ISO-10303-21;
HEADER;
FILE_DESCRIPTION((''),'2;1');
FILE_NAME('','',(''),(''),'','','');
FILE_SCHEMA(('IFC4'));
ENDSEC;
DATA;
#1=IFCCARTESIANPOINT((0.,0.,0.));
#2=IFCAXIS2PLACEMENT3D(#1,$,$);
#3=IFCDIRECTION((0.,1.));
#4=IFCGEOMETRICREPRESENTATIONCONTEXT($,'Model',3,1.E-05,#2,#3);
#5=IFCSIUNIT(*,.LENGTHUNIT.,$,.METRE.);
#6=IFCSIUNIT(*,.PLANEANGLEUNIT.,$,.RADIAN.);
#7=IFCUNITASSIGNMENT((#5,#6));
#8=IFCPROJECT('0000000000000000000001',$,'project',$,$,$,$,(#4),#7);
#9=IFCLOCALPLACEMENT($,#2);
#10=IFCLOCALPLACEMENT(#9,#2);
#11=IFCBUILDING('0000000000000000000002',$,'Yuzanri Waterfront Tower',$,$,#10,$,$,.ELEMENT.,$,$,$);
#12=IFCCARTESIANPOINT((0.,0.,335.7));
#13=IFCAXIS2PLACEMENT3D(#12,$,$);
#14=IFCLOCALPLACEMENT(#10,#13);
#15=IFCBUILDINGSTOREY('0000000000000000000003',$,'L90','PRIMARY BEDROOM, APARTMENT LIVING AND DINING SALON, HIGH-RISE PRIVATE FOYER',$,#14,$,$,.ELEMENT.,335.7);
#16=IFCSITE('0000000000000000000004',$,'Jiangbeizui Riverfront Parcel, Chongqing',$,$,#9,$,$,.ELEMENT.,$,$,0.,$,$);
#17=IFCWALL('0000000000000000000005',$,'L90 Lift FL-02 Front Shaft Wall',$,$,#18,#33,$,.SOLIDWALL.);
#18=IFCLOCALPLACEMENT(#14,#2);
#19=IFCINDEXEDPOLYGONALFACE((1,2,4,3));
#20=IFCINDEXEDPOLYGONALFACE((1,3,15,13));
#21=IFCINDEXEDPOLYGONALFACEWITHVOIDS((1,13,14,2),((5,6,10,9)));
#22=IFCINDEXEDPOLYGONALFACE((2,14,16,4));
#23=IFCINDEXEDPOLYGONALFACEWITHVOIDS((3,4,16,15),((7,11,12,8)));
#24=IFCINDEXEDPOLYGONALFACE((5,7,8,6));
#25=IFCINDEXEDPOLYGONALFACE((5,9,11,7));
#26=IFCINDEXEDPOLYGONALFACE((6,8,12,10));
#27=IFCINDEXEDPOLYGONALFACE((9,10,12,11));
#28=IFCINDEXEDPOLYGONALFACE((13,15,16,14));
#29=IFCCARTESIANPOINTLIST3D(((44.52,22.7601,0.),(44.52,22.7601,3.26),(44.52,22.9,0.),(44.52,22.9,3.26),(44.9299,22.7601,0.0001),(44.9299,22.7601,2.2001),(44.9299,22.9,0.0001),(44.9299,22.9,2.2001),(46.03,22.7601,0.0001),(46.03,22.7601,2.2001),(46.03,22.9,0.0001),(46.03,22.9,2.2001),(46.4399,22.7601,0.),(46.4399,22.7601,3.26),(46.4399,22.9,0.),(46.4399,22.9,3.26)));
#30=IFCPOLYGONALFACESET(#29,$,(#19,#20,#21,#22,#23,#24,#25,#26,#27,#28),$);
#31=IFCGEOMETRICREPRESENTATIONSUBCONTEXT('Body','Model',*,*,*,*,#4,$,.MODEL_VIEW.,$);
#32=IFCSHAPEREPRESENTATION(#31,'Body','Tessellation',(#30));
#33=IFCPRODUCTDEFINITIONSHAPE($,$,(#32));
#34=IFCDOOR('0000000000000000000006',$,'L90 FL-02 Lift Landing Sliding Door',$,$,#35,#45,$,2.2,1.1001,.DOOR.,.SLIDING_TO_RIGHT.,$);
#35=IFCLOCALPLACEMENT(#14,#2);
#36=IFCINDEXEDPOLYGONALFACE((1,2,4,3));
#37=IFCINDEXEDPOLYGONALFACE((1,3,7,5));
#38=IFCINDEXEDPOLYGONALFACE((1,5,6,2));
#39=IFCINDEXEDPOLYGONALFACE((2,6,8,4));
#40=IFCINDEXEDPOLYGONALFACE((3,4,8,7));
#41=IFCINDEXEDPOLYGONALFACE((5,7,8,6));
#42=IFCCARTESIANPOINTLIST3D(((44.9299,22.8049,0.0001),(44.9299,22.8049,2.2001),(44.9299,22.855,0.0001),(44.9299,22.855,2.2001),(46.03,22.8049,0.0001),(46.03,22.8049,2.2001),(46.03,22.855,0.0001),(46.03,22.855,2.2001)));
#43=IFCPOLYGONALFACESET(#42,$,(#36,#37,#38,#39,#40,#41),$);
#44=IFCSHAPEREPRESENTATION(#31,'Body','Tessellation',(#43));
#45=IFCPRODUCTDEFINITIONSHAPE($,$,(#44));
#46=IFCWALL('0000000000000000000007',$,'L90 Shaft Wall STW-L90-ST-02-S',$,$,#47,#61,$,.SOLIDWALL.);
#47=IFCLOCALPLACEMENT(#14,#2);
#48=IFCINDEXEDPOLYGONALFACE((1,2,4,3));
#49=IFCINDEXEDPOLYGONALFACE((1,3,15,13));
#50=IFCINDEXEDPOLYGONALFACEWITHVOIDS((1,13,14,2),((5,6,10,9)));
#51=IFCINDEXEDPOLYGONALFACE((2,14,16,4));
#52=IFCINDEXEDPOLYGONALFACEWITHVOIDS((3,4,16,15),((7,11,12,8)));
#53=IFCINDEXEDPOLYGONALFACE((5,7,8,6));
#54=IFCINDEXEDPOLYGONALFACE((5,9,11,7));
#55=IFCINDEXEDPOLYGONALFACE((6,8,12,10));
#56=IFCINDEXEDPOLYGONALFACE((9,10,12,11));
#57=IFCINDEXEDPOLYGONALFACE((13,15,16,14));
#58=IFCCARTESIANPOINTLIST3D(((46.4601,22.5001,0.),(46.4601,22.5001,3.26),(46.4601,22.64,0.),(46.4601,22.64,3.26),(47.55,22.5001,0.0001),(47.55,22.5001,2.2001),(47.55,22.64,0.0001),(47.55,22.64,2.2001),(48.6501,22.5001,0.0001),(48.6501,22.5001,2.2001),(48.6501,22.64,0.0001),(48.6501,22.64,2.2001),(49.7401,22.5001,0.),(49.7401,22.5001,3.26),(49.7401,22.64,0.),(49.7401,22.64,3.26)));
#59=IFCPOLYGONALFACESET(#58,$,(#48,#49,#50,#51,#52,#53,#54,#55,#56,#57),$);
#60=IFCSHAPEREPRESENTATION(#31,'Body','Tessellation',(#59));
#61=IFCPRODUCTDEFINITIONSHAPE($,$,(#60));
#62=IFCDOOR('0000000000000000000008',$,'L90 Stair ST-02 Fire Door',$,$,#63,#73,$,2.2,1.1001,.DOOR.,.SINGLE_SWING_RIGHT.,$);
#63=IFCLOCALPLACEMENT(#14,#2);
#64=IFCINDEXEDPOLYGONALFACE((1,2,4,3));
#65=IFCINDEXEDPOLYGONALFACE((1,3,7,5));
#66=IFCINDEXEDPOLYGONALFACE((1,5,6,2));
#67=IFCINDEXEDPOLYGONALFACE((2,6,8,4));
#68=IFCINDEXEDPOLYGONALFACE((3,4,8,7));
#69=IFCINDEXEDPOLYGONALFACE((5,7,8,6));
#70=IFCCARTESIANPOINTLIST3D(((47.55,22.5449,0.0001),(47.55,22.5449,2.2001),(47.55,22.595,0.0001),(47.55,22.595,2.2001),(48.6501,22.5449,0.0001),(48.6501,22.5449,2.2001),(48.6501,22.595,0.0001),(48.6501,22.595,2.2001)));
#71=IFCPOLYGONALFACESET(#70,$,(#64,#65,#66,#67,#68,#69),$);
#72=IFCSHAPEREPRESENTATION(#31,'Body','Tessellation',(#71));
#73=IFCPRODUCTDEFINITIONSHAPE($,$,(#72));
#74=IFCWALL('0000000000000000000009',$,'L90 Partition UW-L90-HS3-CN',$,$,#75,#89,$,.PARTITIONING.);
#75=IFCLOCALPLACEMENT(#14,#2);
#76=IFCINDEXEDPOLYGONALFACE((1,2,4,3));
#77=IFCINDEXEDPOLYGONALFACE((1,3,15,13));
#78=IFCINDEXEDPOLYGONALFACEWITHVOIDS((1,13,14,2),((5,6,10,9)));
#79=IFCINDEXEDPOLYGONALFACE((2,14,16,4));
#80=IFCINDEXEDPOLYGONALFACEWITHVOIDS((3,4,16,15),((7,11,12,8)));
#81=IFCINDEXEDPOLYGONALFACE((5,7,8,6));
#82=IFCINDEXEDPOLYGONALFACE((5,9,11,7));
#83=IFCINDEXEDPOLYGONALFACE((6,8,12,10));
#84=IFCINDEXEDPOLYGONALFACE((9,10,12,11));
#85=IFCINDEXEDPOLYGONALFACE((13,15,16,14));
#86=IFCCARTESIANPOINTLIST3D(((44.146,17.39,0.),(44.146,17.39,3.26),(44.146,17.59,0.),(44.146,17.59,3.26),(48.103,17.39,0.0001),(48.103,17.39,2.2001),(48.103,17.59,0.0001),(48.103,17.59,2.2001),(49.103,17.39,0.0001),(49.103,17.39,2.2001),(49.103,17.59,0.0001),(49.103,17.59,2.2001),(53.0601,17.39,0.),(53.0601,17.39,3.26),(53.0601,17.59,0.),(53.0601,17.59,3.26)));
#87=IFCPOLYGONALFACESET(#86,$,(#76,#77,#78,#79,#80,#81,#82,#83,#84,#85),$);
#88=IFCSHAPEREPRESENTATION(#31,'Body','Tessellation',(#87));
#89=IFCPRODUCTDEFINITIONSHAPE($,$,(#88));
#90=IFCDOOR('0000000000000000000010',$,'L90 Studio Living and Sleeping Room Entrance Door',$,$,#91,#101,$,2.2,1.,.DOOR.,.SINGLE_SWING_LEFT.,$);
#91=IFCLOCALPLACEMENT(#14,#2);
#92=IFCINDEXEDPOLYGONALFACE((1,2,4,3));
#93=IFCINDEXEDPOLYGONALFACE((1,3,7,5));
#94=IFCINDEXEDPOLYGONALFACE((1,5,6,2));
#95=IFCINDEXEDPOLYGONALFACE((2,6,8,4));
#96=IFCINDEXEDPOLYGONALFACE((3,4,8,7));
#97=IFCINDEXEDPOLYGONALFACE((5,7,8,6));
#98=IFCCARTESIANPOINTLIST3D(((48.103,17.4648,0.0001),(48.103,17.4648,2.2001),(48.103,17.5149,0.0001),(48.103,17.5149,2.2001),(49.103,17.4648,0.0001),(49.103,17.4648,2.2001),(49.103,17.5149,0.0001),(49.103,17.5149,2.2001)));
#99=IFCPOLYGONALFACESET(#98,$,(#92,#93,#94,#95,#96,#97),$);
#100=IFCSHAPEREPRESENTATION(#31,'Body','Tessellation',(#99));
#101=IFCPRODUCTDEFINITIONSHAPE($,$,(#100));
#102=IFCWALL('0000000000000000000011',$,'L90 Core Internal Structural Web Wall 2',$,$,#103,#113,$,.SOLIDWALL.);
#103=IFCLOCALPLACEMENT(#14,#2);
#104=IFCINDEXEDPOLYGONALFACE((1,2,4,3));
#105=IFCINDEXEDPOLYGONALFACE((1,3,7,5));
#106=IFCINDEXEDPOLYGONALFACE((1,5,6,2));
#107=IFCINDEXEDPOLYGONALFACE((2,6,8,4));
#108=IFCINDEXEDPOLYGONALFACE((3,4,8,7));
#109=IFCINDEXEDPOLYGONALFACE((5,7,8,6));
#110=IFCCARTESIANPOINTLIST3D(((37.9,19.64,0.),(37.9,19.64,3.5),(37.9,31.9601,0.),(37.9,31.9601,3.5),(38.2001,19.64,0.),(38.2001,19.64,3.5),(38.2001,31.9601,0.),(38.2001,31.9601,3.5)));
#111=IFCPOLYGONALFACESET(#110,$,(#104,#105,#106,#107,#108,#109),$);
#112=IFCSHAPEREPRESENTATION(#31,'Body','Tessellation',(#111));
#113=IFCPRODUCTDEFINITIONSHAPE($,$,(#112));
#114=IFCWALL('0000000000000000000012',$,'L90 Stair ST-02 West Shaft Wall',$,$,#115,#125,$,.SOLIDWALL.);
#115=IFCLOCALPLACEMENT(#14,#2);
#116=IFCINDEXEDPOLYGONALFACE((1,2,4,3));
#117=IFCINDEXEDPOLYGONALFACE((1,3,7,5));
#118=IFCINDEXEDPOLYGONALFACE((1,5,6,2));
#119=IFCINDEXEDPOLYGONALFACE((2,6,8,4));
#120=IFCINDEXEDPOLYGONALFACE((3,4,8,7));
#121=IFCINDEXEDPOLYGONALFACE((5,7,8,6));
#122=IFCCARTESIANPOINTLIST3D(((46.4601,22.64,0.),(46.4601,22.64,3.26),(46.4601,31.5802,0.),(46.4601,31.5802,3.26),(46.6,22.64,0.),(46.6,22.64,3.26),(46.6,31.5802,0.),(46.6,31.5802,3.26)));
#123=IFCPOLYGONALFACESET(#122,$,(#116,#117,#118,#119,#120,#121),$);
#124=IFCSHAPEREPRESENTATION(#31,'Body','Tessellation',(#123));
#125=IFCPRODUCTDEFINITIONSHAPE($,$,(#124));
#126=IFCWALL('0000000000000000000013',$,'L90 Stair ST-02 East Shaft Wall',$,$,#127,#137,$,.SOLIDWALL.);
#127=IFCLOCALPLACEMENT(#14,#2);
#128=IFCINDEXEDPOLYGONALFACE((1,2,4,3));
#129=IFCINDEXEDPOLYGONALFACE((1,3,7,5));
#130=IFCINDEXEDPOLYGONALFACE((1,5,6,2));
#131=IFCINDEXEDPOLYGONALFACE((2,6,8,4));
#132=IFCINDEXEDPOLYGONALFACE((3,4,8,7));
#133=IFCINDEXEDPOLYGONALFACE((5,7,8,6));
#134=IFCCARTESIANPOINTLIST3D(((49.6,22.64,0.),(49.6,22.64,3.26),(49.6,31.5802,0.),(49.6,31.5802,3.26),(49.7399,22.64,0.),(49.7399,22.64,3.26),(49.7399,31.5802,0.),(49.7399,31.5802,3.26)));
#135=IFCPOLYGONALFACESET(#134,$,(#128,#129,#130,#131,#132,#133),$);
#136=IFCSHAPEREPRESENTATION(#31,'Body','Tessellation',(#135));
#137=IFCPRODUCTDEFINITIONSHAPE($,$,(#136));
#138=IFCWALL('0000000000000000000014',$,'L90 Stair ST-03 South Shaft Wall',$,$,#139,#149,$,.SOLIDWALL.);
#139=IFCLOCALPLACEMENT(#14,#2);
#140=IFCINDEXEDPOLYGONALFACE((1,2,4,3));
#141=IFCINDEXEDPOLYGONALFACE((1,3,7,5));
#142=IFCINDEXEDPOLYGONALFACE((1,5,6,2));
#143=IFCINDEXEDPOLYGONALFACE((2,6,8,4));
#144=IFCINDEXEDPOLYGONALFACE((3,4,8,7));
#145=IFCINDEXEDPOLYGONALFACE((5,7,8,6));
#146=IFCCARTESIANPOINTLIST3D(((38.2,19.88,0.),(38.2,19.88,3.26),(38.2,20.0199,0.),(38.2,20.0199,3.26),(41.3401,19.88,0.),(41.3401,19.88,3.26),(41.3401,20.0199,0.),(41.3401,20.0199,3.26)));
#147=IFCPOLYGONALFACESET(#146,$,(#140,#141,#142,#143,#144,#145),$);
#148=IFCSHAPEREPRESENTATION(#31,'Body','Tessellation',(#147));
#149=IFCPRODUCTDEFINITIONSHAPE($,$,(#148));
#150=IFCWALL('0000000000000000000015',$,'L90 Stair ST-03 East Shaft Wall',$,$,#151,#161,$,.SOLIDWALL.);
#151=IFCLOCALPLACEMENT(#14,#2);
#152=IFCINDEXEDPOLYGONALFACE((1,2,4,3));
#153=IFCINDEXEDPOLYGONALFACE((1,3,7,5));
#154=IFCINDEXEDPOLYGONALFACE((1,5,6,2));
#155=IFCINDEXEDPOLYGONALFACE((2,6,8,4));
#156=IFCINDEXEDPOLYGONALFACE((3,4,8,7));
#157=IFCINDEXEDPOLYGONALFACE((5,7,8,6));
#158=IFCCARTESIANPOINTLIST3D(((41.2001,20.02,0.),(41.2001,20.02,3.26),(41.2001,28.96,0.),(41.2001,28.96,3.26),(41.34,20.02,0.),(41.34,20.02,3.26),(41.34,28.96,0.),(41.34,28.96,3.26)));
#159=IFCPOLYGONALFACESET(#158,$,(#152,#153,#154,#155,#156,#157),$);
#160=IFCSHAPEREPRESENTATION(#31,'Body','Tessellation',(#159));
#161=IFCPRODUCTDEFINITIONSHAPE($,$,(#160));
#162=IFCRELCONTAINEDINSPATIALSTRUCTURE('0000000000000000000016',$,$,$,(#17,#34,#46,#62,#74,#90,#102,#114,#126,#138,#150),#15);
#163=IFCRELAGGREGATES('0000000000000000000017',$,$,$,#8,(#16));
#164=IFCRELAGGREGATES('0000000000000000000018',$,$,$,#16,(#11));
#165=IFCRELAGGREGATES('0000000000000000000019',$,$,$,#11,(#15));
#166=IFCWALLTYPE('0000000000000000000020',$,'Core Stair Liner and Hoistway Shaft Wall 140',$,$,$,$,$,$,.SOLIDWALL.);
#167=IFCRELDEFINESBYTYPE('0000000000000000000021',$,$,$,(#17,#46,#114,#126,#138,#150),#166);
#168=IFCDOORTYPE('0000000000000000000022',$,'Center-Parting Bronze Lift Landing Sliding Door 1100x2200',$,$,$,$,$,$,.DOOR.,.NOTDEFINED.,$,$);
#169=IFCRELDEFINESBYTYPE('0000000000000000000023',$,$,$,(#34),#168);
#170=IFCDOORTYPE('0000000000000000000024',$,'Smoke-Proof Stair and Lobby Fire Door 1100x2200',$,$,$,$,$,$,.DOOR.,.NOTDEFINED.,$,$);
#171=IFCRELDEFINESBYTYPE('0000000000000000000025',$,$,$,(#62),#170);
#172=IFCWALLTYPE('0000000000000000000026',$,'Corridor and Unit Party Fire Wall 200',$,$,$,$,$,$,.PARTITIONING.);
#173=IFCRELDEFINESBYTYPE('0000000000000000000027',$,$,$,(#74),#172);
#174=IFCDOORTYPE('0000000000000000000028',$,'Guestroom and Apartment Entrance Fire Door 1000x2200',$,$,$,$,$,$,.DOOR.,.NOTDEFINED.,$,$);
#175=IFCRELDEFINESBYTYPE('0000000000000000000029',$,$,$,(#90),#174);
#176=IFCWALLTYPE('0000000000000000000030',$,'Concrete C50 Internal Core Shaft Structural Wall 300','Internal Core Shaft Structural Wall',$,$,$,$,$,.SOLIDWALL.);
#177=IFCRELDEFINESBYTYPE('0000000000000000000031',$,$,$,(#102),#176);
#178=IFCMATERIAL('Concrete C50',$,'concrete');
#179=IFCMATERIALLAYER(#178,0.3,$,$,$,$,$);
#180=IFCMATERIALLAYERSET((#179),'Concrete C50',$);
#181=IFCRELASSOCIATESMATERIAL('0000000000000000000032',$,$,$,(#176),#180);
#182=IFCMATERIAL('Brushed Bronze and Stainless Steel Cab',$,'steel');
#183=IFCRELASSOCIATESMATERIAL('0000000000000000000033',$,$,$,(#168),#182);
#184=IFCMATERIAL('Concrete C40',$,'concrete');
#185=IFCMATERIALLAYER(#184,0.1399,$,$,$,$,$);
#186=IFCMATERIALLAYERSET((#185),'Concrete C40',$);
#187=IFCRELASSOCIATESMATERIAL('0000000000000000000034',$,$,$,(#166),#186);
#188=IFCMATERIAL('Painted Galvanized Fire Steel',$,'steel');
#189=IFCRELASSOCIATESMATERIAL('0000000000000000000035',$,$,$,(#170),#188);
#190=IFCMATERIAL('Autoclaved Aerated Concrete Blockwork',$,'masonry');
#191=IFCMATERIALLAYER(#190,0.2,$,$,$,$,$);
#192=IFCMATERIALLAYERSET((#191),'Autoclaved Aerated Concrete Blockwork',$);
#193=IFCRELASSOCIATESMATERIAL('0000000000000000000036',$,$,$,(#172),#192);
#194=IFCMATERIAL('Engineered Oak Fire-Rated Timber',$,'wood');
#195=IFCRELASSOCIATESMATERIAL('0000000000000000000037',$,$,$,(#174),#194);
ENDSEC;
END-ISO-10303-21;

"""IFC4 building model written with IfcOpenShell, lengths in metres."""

from ifc_helpers import new_model, si_unit, direction, frame, frame_2d, origin, place, context, subcontext, project, spatial, rectangle, extrude, source, transform, mapped, material, layer, layer_set, type_object, element, fill, save


model = new_model("IFC4")

# Units and contexts
model_context = context("Model", 3, precision=1e-05, world=origin(), true_north=direction((0.0, 1.0)))
body_context = subcontext(model_context, "Body", "Model", "MODEL_VIEW")
ifc_project = project(units=[si_unit("LENGTHUNIT", "METRE"), si_unit("PLANEANGLEUNIT", "RADIAN")], contexts=[model_context])

# Site, building, storey
site_placement = place(None, origin())
site = spatial("IfcSite", under=ifc_project, at=site_placement, Name="Jiangbeizui Riverfront Parcel, Chongqing", CompositionType="ELEMENT", RefElevation=0.0)
building_placement = place(site_placement, origin())
building = spatial("IfcBuilding", under=site, at=building_placement, Name="Yuzanri Waterfront Tower", CompositionType="ELEMENT")
storey_placement = place(building_placement, frame((0.0, 0.0, 335.7)))
storey = spatial("IfcBuildingStorey", under=building, at=storey_placement, Name="L90", Description="PRIMARY BEDROOM, APARTMENT LIVING AND DINING SALON, HIGH-RISE PRIVATE FOYER", CompositionType="ELEMENT", Elevation=335.7)

# Shared definitions
ifc_material_1 = material(Name="Concrete C50", Category="concrete")
ifc_layer_1 = layer(ifc_material_1, 0.3)
ifc_layer_set_1 = layer_set([ifc_layer_1], Name="Concrete C50")
wall_type_1 = type_object("IfcWallType", Name="Concrete C50 Internal Core Shaft Structural Wall 300", Description="Internal Core Shaft Structural Wall", PredefinedType="SOLIDWALL", material=ifc_layer_set_1)
ifc_material_2 = material(Name="Brushed Bronze and Stainless Steel Cab", Category="steel")
door_type_1 = type_object("IfcDoorType", Name="Center-Parting Bronze Lift Landing Sliding Door 1100x2200", OperationType="NOTDEFINED", PredefinedType="DOOR", material=ifc_material_2)
shared_shape_1 = source(origin(), body_context, "Body", "SweptSolid", [
    extrude(rectangle(XDim=1.1001, YDim=2.2, at=frame_2d((0.55, 1.1001))), frame((0.0, 0.0249, 0.0), z_axis=(0.0, -1.0, 0.0), x_axis=(1.0, 0.0, 0.0)), (0.0, 0.0, 1.0), 0.05),
])

# Walls, openings, doors
ifc_material_3 = material(Name="Concrete C40", Category="concrete")
ifc_layer_2 = layer(ifc_material_3, 0.1399)
ifc_layer_set_2 = layer_set([ifc_layer_2], Name="Concrete C40")
wall_type_2 = type_object("IfcWallType", Name="Core Stair Liner and Hoistway Shaft Wall 140", PredefinedType="SOLIDWALL", material=ifc_layer_set_2)
wall_1_placement = place(storey_placement, frame((44.52, 22.8301, 0.0), z_axis=(0.0, 0.0, 1.0), x_axis=(1.0, 0.0, 0.0)))
wall_1 = element("IfcWall", 1, at=wall_1_placement, inside=storey, type_object=wall_type_2, Name="L90 Lift FL-02 Front Shaft Wall", PredefinedType="SOLIDWALL", context=body_context, shape_type="SweptSolid", body=[
    extrude(rectangle(XDim=1.9199, YDim=0.1399, at=frame_2d((0.96, 0.0))), origin(), (0.0, 0.0, 1.0), 3.26),
])
opening_1_placement = place(wall_1_placement, frame((0.4099, 0.0, 0.0)))
opening_1 = element("IfcOpeningElement", 2, at=opening_1_placement, cuts=wall_1, PredefinedType="OPENING", context=body_context, shape_type="SweptSolid", body=[
    extrude(rectangle(XDim=1.1001, YDim=2.2, at=frame_2d((0.55, 1.1001))), frame((0.0, 0.085, 0.0), z_axis=(0.0, -1.0, 0.0), x_axis=(1.0, 0.0, 0.0)), (0.0, 0.0, 1.0), 0.1697),
])
door_1_placement = place(opening_1_placement, origin())
door_1 = element("IfcDoor", 3, at=door_1_placement, inside=storey, type_object=door_type_1, Name="L90 FL-02 Lift Landing Sliding Door", OperationType="SLIDING_TO_RIGHT", OverallHeight=2.2, OverallWidth=1.1001, PredefinedType="DOOR", context=body_context, shape_type="MappedRepresentation", body=[
    mapped(shared_shape_1, transform((0.0, 0.0, 0.0), scale=1.0)),
])
fill(opening_1, door_1)
wall_2_placement = place(storey_placement, frame((46.46, 22.5701, 0.0), z_axis=(0.0, 0.0, 1.0), x_axis=(1.0, 0.0, 0.0)))
wall_2 = element("IfcWall", 4, at=wall_2_placement, inside=storey, type_object=wall_type_2, Name="L90 Shaft Wall STW-L90-ST-02-S", PredefinedType="SOLIDWALL", context=body_context, shape_type="SweptSolid", body=[
    extrude(rectangle(XDim=3.28, YDim=0.1399, at=frame_2d((1.6401, 0.0))), origin(), (0.0, 0.0, 1.0), 3.26),
])
opening_2_placement = place(wall_2_placement, frame((1.0901, 0.0, 0.0)))
opening_2 = element("IfcOpeningElement", 5, at=opening_2_placement, cuts=wall_2, PredefinedType="OPENING", context=body_context, shape_type="SweptSolid", body=[
    extrude(rectangle(XDim=1.1001, YDim=2.2, at=frame_2d((0.55, 1.1001))), frame((0.0, 0.085, 0.0), z_axis=(0.0, -1.0, 0.0), x_axis=(1.0, 0.0, 0.0)), (0.0, 0.0, 1.0), 0.1697),
])
ifc_material_4 = material(Name="Painted Galvanized Fire Steel", Category="steel")
door_type_2 = type_object("IfcDoorType", Name="Smoke-Proof Stair and Lobby Fire Door 1100x2200", OperationType="NOTDEFINED", PredefinedType="DOOR", material=ifc_material_4)
shared_shape_2 = source(origin(), body_context, "Body", "SweptSolid", [
    extrude(rectangle(XDim=1.1001, YDim=2.2, at=frame_2d((0.55, 1.1001))), frame((0.0, 0.0249, 0.0), z_axis=(0.0, -1.0, 0.0), x_axis=(1.0, 0.0, 0.0)), (0.0, 0.0, 1.0), 0.05),
])
door_2_placement = place(opening_2_placement, origin())
door_2 = element("IfcDoor", 6, at=door_2_placement, inside=storey, type_object=door_type_2, Name="L90 Stair ST-02 Fire Door", OperationType="SINGLE_SWING_RIGHT", OverallHeight=2.2, OverallWidth=1.1001, PredefinedType="DOOR", context=body_context, shape_type="MappedRepresentation", body=[
    mapped(shared_shape_2, transform((0.0, 0.0, 0.0), scale=1.0)),
])
fill(opening_2, door_2)
ifc_material_5 = material(Name="Autoclaved Aerated Concrete Blockwork", Category="masonry")
ifc_layer_3 = layer(ifc_material_5, 0.2)
ifc_layer_set_3 = layer_set([ifc_layer_3], Name="Autoclaved Aerated Concrete Blockwork")
wall_type_3 = type_object("IfcWallType", Name="Corridor and Unit Party Fire Wall 200", PredefinedType="PARTITIONING", material=ifc_layer_set_3)
wall_3_placement = place(storey_placement, frame((44.146, 17.49, 0.0), z_axis=(0.0, 0.0, 1.0), x_axis=(1.0, 0.0, 0.0)))
wall_3 = element("IfcWall", 7, at=wall_3_placement, inside=storey, type_object=wall_type_3, Name="L90 Partition UW-L90-HS3-CN", PredefinedType="PARTITIONING", context=body_context, shape_type="SweptSolid", body=[
    extrude(rectangle(XDim=8.9141, YDim=0.2, at=frame_2d((4.457, 0.0))), origin(), (0.0, 0.0, 1.0), 3.26),
])
opening_3_placement = place(wall_3_placement, frame((3.957, 0.0, 0.0)))
opening_3 = element("IfcOpeningElement", 8, at=opening_3_placement, cuts=wall_3, PredefinedType="OPENING", context=body_context, shape_type="SweptSolid", body=[
    extrude(rectangle(XDim=1.0, YDim=2.2, at=frame_2d((0.5, 1.1001))), frame((0.0, 0.1147, 0.0), z_axis=(0.0, -1.0, 0.0), x_axis=(1.0, 0.0, 0.0)), (0.0, 0.0, 1.0), 0.2297),
])
ifc_material_6 = material(Name="Engineered Oak Fire-Rated Timber", Category="wood")
door_type_3 = type_object("IfcDoorType", Name="Guestroom and Apartment Entrance Fire Door 1000x2200", OperationType="NOTDEFINED", PredefinedType="DOOR", material=ifc_material_6)
shared_shape_3 = source(origin(), body_context, "Body", "SweptSolid", [
    extrude(rectangle(XDim=1.0, YDim=2.2, at=frame_2d((0.5, 1.1001))), frame((0.0, 0.0249, 0.0), z_axis=(0.0, -1.0, 0.0), x_axis=(1.0, 0.0, 0.0)), (0.0, 0.0, 1.0), 0.05),
])
door_3_placement = place(opening_3_placement, origin())
door_3 = element("IfcDoor", 9, at=door_3_placement, inside=storey, type_object=door_type_3, Name="L90 Studio Living and Sleeping Room Entrance Door", OperationType="SINGLE_SWING_LEFT", OverallHeight=2.2, OverallWidth=1.0, PredefinedType="DOOR", context=body_context, shape_type="MappedRepresentation", body=[
    mapped(shared_shape_3, transform((0.0, 0.0, 0.0), scale=1.0)),
])
fill(opening_3, door_3)

# Walls
shared_shape_4 = source(origin(), body_context, "Body", "SweptSolid", [
    extrude(rectangle(XDim=12.3201, YDim=0.3, at=frame_2d((6.1602, 0.0))), origin(), (0.0, 0.0, 1.0), 3.5),
])
wall_4_placement = place(storey_placement, frame((38.05, 19.6399, 0.0), z_axis=(0.0, 0.0, 1.0), x_axis=(0.0, 1.0, 0.0)))
element("IfcWall", 10, at=wall_4_placement, inside=storey, type_object=wall_type_1, Name="L90 Core Internal Structural Web Wall 2", PredefinedType="SOLIDWALL", context=body_context, shape_type="MappedRepresentation", body=[
    mapped(shared_shape_4, transform((0.0, 0.0, 0.0), scale=1.0)),
])
shared_shape_5 = source(origin(), body_context, "Body", "SweptSolid", [
    extrude(rectangle(XDim=8.9402, YDim=0.1399, at=frame_2d((4.4702, 0.0))), origin(), (0.0, 0.0, 1.0), 3.26),
])
for number, where, z_axis, x_axis, name in (
    (11, (46.53, 22.6399, 0.0), (0.0, 0.0, 1.0), (0.0, 1.0, 0.0), "L90 Stair ST-02 West Shaft Wall"),
    (12, (49.6699, 22.6399, 0.0), (0.0, 0.0, 1.0), (0.0, 1.0, 0.0), "L90 Stair ST-02 East Shaft Wall"),
):
    element("IfcWall", number, at=place(storey_placement, frame(where, z_axis=z_axis, x_axis=x_axis)), inside=storey, type_object=wall_type_2, Name=name, PredefinedType="SOLIDWALL", context=body_context, shape_type="MappedRepresentation", body=[
        mapped(shared_shape_5, transform((0.0, 0.0, 0.0), scale=1.0)),
    ])
shared_shape_6 = source(origin(), body_context, "Body", "SweptSolid", [
    extrude(rectangle(XDim=3.1401, YDim=0.1399, at=frame_2d((1.5701, 0.0))), origin(), (0.0, 0.0, 1.0), 3.26),
])
wall_5_placement = place(storey_placement, frame((38.2, 19.95, 0.0), z_axis=(0.0, 0.0, 1.0), x_axis=(1.0, 0.0, 0.0)))
element("IfcWall", 13, at=wall_5_placement, inside=storey, type_object=wall_type_2, Name="L90 Stair ST-03 South Shaft Wall", PredefinedType="SOLIDWALL", context=body_context, shape_type="MappedRepresentation", body=[
    mapped(shared_shape_6, transform((0.0, 0.0, 0.0), scale=1.0)),
])
shared_shape_7 = source(origin(), body_context, "Body", "SweptSolid", [
    extrude(rectangle(XDim=8.9399, YDim=0.1399, at=frame_2d((4.47, 0.0))), origin(), (0.0, 0.0, 1.0), 3.26),
])
wall_6_placement = place(storey_placement, frame((41.27, 20.02, 0.0), z_axis=(0.0, 0.0, 1.0), x_axis=(0.0, 1.0, 0.0)))
element("IfcWall", 14, at=wall_6_placement, inside=storey, type_object=wall_type_2, Name="L90 Stair ST-03 East Shaft Wall", PredefinedType="SOLIDWALL", context=body_context, shape_type="MappedRepresentation", body=[
    mapped(shared_shape_7, transform((0.0, 0.0, 0.0), scale=1.0)),
])

save(model, "model.ifc")
